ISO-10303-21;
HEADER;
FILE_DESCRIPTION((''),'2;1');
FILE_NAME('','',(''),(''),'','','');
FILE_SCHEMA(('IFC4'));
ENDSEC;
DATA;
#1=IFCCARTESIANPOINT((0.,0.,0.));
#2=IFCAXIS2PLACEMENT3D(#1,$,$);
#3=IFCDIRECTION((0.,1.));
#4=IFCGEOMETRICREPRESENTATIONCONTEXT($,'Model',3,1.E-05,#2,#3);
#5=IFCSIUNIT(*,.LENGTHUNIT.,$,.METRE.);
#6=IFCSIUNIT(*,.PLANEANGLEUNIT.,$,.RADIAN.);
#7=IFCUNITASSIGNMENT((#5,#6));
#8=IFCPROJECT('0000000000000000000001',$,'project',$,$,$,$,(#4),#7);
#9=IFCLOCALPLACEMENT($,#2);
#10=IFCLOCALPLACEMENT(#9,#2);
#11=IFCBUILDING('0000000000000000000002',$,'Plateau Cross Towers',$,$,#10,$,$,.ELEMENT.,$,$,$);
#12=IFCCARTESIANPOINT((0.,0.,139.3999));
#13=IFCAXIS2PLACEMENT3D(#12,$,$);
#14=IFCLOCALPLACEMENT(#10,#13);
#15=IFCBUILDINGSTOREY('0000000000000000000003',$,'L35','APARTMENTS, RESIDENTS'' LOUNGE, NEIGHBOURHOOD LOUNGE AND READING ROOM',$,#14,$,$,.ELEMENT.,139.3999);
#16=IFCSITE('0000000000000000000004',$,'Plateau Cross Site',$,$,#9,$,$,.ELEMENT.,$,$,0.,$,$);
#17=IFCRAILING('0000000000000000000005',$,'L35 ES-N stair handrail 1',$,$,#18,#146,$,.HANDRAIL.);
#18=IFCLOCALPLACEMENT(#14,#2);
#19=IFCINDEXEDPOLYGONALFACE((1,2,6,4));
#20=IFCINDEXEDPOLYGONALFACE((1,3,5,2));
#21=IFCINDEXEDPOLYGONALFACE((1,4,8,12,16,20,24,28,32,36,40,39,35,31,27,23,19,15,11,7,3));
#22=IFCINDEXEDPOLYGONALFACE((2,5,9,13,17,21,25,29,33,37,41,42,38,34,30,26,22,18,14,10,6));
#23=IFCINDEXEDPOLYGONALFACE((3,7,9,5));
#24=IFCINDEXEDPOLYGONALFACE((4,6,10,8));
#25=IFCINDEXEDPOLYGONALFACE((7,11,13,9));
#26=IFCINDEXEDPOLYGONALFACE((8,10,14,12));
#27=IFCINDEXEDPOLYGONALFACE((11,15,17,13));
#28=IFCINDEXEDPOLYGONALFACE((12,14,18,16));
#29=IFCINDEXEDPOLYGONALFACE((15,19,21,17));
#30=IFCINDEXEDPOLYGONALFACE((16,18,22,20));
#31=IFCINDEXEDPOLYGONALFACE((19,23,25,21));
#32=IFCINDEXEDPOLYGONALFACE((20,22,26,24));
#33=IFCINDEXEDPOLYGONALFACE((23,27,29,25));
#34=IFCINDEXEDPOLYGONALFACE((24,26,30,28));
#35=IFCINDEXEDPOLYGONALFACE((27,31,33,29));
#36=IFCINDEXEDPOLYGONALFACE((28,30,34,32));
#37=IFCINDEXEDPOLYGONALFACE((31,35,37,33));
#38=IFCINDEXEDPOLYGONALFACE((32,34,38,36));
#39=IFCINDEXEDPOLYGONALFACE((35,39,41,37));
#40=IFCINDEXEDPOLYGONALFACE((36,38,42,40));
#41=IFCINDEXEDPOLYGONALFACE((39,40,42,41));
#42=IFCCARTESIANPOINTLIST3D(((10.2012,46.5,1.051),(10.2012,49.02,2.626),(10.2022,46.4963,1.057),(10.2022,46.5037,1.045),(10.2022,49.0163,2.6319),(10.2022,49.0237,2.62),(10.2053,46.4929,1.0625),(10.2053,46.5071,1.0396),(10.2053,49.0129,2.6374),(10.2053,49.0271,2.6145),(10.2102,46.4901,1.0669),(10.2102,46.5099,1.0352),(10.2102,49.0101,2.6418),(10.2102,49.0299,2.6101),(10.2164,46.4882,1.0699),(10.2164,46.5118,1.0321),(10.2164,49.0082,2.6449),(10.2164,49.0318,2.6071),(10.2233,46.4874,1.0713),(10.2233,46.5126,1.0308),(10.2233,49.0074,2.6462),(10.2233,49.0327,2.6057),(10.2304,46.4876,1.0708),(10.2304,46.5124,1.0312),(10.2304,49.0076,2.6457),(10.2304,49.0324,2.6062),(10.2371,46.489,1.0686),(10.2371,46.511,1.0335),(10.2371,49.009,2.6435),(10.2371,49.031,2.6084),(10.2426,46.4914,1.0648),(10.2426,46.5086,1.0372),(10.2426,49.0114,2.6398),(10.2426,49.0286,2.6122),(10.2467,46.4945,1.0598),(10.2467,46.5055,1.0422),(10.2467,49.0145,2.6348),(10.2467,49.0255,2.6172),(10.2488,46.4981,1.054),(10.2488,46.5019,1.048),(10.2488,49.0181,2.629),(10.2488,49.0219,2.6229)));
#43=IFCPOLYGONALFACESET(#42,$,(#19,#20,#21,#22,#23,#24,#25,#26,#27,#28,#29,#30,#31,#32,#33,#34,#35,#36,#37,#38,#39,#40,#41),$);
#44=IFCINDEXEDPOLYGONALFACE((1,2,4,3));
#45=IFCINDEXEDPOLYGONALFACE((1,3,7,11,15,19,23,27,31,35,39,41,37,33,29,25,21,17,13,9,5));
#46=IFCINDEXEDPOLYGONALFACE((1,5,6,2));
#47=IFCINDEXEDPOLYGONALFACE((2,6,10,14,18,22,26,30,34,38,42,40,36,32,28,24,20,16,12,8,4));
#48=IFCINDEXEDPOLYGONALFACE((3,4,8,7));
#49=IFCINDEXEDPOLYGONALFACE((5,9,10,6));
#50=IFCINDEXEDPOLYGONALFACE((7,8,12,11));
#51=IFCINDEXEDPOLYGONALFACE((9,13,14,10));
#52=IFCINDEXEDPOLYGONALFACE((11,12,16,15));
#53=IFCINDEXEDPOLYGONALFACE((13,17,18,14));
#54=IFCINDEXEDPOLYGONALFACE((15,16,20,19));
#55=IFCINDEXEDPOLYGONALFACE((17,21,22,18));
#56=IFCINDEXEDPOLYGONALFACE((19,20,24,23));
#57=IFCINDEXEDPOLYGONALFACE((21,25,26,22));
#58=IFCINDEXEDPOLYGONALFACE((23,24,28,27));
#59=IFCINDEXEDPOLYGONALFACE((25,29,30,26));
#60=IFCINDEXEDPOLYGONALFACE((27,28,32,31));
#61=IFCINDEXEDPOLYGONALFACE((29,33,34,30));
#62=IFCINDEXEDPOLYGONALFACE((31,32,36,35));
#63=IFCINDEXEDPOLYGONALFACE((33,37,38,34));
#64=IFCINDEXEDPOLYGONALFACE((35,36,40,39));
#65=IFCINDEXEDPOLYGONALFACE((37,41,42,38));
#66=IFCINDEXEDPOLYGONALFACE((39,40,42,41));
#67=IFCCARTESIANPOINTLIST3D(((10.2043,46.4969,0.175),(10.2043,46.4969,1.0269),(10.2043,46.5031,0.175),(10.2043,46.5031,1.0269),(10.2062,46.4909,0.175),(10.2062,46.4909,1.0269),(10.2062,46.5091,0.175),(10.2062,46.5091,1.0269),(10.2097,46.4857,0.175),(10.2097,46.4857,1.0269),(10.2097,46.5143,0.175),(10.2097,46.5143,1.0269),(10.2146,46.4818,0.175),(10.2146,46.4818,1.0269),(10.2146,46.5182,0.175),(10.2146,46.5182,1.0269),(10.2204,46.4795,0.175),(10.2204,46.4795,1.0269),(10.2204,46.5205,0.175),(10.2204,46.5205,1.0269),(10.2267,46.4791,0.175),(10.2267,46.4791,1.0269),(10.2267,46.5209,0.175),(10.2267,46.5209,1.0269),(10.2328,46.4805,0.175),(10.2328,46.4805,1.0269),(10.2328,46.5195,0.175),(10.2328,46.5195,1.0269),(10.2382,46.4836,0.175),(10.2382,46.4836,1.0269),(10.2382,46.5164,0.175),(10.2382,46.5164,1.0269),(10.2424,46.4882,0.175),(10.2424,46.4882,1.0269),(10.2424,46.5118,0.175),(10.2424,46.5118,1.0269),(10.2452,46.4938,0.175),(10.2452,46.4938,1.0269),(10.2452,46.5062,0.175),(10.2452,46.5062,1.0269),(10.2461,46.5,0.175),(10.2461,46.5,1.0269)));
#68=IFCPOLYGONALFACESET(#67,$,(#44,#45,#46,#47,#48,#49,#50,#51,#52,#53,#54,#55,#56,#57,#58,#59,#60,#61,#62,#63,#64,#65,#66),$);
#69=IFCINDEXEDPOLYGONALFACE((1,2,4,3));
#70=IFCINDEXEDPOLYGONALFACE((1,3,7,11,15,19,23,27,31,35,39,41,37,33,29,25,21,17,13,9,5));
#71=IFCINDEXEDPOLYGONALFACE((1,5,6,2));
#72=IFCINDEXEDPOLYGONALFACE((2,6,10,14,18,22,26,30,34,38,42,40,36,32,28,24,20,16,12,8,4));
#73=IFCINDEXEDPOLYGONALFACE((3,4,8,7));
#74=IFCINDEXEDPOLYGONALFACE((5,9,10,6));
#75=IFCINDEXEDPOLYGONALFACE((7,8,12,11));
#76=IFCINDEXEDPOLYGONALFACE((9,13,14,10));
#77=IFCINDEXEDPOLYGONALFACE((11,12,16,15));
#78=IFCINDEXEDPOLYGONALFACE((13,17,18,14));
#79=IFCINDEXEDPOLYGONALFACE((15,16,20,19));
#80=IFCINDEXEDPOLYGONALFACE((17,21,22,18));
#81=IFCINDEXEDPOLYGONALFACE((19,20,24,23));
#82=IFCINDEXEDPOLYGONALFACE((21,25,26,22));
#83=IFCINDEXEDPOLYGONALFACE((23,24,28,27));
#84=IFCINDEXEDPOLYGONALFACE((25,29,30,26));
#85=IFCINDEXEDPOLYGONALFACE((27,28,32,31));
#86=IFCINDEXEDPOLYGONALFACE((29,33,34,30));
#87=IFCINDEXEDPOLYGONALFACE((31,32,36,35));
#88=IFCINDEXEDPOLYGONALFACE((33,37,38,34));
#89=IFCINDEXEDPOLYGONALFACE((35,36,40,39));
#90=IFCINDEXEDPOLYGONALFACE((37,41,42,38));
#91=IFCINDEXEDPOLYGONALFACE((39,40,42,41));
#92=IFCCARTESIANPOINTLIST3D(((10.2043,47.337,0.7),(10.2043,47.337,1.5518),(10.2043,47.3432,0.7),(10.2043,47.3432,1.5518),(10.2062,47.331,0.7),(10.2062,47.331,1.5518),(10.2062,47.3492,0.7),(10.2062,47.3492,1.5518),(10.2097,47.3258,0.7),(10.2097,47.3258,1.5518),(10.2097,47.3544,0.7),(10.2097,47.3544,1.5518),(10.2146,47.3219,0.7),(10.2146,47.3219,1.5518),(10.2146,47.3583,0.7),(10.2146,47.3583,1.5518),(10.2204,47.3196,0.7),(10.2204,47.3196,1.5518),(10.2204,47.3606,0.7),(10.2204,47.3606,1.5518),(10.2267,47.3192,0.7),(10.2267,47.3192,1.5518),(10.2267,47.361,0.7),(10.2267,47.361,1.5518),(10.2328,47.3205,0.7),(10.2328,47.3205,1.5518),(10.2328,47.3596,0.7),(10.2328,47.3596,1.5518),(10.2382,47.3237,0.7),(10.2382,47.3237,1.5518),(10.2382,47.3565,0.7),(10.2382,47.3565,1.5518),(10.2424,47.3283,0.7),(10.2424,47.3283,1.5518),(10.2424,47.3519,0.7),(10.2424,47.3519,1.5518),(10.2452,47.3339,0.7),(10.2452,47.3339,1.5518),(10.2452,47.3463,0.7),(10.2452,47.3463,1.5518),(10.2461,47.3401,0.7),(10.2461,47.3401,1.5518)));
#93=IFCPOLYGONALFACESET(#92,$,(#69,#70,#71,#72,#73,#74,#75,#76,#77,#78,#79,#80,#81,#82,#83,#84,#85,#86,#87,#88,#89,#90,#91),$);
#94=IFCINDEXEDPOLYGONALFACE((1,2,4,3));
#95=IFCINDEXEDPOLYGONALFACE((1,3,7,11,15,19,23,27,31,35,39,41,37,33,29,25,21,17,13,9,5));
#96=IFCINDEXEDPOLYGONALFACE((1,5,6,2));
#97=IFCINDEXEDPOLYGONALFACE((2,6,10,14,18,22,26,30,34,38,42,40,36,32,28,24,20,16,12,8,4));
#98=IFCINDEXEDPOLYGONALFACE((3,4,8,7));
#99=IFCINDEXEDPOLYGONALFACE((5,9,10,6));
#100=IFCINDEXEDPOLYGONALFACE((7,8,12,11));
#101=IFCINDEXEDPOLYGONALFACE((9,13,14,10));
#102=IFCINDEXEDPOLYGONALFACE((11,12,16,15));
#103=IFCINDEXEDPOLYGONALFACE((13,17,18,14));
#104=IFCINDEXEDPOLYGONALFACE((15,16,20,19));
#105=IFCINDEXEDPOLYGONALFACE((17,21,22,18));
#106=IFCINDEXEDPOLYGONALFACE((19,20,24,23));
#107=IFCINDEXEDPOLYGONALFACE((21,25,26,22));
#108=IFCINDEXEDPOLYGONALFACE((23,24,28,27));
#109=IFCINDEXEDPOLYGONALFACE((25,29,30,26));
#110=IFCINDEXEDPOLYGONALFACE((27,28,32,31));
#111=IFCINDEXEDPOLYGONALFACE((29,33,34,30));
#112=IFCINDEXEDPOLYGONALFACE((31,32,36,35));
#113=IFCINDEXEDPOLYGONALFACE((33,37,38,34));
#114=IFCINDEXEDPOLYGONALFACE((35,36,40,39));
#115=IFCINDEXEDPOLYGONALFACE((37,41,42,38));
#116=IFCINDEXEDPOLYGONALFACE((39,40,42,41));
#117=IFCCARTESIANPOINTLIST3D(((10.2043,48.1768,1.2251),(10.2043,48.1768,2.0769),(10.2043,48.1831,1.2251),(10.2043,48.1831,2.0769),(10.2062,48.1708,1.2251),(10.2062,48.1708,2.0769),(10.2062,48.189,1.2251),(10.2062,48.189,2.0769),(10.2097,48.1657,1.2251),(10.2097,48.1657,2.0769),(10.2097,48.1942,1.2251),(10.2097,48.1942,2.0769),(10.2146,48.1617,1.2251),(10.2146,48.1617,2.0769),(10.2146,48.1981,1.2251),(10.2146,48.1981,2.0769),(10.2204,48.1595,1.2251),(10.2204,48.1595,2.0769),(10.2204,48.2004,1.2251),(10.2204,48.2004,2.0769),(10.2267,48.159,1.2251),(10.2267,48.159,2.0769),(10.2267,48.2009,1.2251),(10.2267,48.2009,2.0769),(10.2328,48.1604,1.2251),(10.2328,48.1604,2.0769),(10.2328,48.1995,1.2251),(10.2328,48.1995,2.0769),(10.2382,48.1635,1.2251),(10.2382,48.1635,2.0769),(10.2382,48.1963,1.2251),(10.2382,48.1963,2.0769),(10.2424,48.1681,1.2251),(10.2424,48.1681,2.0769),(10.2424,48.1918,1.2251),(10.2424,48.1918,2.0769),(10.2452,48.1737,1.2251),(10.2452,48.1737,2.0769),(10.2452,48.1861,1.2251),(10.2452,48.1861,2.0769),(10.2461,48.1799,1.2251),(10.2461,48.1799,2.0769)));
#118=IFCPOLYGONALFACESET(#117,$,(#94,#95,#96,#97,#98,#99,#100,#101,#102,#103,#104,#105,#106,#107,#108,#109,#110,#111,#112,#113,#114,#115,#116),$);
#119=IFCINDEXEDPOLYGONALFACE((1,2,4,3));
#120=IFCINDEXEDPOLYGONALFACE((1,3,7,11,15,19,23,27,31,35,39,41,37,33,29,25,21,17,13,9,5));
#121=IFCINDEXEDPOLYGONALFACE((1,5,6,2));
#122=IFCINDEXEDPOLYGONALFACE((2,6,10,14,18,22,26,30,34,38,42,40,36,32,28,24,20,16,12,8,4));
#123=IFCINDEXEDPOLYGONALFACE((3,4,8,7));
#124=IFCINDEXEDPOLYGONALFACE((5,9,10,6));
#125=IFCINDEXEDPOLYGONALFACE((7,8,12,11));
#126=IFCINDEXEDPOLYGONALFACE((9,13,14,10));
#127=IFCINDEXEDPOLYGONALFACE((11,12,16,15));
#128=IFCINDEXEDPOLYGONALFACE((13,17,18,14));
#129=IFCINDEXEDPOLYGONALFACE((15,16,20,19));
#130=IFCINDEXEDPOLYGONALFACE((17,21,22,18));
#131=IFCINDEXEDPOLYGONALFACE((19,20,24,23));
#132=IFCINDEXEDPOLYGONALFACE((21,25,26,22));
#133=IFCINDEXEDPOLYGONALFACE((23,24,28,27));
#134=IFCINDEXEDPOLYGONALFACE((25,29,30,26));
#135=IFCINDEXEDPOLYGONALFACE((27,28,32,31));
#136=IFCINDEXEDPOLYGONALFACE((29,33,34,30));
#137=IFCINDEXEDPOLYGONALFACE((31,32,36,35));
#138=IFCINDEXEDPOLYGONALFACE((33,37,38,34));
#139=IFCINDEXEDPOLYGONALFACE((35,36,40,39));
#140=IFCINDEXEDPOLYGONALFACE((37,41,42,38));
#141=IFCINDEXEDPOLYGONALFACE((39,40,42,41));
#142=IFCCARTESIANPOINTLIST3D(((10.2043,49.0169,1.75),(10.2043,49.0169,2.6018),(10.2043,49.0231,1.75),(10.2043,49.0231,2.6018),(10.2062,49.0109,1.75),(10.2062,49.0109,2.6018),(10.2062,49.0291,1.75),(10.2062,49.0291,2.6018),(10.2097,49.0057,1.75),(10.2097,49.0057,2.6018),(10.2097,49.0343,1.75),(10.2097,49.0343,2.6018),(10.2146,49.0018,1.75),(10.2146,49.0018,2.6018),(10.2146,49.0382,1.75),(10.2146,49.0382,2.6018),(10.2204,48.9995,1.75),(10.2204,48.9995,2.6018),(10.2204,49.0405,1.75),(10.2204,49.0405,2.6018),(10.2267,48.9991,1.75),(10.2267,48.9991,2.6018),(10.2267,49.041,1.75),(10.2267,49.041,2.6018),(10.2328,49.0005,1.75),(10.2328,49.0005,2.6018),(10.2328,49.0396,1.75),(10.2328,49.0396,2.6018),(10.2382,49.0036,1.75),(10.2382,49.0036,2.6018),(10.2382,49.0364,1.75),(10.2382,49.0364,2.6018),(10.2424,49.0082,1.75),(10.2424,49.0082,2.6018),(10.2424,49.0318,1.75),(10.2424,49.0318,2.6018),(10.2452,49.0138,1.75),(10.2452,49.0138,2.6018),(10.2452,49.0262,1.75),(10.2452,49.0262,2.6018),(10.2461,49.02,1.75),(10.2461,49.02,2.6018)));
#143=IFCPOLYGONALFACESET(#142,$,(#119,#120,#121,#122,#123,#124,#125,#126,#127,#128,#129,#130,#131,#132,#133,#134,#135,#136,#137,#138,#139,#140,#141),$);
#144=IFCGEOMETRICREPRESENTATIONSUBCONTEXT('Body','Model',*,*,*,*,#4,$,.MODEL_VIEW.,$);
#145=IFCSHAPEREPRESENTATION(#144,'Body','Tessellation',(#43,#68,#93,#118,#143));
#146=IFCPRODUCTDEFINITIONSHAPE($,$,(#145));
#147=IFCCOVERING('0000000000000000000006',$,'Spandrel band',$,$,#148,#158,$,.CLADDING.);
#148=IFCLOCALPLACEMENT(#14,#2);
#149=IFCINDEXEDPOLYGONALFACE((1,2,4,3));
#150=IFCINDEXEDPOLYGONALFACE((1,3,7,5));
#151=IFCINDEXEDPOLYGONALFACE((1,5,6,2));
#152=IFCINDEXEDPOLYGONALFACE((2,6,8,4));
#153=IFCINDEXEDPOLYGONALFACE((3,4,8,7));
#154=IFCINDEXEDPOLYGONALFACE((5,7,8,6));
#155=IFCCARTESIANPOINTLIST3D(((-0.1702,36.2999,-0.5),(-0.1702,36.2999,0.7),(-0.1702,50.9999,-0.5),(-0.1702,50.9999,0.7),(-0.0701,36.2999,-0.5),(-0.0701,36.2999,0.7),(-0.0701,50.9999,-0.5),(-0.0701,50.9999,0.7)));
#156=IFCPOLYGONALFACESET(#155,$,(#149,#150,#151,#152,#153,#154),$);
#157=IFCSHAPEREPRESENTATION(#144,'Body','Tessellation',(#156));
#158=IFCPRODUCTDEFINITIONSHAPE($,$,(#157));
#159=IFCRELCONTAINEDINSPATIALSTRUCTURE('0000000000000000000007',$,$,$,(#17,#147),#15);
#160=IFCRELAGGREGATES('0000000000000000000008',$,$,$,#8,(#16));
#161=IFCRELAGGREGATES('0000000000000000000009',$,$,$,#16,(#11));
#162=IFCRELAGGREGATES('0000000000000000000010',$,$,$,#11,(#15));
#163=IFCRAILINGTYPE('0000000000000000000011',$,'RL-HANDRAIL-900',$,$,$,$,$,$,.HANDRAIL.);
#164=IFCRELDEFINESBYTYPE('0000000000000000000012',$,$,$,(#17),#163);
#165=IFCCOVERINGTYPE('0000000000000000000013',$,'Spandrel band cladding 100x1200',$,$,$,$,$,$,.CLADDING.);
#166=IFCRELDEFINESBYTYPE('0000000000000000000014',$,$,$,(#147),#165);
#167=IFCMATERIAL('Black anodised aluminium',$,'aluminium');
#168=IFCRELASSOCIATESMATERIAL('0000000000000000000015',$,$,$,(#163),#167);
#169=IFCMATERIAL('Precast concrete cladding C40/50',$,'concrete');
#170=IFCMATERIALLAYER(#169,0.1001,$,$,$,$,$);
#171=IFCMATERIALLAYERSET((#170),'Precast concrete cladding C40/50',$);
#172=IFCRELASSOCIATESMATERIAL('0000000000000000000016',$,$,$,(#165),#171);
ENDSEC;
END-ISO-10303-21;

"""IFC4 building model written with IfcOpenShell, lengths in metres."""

from ifc_helpers import new_model, si_unit, direction, frame, origin, origin_2d, place, context, subcontext, project, spatial, rectangle, circle, extrude, material, layer, layer_set, type_object, element, save


model = new_model("IFC4")

# Units and contexts
model_context = context("Model", 3, precision=1e-05, world=origin(), true_north=direction((0.0, 1.0)))
body_context = subcontext(model_context, "Body", "Model", "MODEL_VIEW")
ifc_project = project(units=[si_unit("LENGTHUNIT", "METRE"), si_unit("PLANEANGLEUNIT", "RADIAN")], contexts=[model_context])

# Site, building, storey
site_placement = place(None, origin())
site = spatial("IfcSite", under=ifc_project, at=site_placement, Name="Plateau Cross Site", CompositionType="ELEMENT", RefElevation=0.0)
building_placement = place(site_placement, origin())
building = spatial("IfcBuilding", under=site, at=building_placement, Name="Plateau Cross Towers", CompositionType="ELEMENT")
storey_placement = place(building_placement, frame((0.0, 0.0, 139.3999)))
storey = spatial("IfcBuildingStorey", under=building, at=storey_placement, Name="L35", Description="APARTMENTS, RESIDENTS' LOUNGE, NEIGHBOURHOOD LOUNGE AND READING ROOM", CompositionType="ELEMENT", Elevation=139.3999)

# Shared definitions
ifc_material_1 = material(Name="Black anodised aluminium", Category="aluminium")

# Railing
railing_type_1 = type_object("IfcRailingType", Name="RL-HANDRAIL-900", PredefinedType="HANDRAIL", material=ifc_material_1)
railing_1_placement = place(storey_placement, frame((10.2251, 46.5, 0.175)))
element("IfcRailing", 1, at=railing_1_placement, inside=storey, type_object=railing_type_1, Name="L35 ES-N stair handrail 1", PredefinedType="HANDRAIL", context=body_context, shape_type="SweptSolid", body=[
    extrude(circle(Radius=0.0239, at=origin_2d()), frame((0.0, 0.0, 0.876), z_axis=(0.0, 0.848008, 0.529984), x_axis=(-1.0, 0.0, 0.0)), (0.0, 0.0, 1.0), 2.9717),
    extrude(circle(Radius=0.021, at=origin_2d()), origin(), (0.0, 0.0, 1.0), 0.8518),
    extrude(circle(Radius=0.021, at=origin_2d()), frame((0.0, 0.8401, 0.5249)), (0.0, 0.0, 1.0), 0.8518),
    extrude(circle(Radius=0.021, at=origin_2d()), frame((0.0, 1.6799, 1.05)), (0.0, 0.0, 1.0), 0.8518),
    extrude(circle(Radius=0.021, at=origin_2d()), frame((0.0, 2.52, 1.575)), (0.0, 0.0, 1.0), 0.8518),
])

# Covering
ifc_material_2 = material(Name="Precast concrete cladding C40/50", Category="concrete")
ifc_layer_1 = layer(ifc_material_2, 0.1001)
ifc_layer_set_1 = layer_set([ifc_layer_1], Name="Precast concrete cladding C40/50")
covering_type = type_object("IfcCoveringType", Name="Spandrel band cladding 100x1200", PredefinedType="CLADDING", material=ifc_layer_set_1)
covering_placement = place(storey_placement, frame((-0.1201, 43.6499, -0.5), z_axis=(0.0, 0.0, 1.0), x_axis=(0.0, -1.0, 0.0)))
element("IfcCovering", 2, at=covering_placement, inside=storey, type_object=covering_type, Name="Spandrel band", PredefinedType="CLADDING", context=body_context, shape_type="SweptSolid", body=[
    extrude(rectangle(XDim=14.7, YDim=0.1001, at=origin_2d()), origin(), (0.0, 0.0, 1.0), 1.2),
])

save(model, "model.ifc")
